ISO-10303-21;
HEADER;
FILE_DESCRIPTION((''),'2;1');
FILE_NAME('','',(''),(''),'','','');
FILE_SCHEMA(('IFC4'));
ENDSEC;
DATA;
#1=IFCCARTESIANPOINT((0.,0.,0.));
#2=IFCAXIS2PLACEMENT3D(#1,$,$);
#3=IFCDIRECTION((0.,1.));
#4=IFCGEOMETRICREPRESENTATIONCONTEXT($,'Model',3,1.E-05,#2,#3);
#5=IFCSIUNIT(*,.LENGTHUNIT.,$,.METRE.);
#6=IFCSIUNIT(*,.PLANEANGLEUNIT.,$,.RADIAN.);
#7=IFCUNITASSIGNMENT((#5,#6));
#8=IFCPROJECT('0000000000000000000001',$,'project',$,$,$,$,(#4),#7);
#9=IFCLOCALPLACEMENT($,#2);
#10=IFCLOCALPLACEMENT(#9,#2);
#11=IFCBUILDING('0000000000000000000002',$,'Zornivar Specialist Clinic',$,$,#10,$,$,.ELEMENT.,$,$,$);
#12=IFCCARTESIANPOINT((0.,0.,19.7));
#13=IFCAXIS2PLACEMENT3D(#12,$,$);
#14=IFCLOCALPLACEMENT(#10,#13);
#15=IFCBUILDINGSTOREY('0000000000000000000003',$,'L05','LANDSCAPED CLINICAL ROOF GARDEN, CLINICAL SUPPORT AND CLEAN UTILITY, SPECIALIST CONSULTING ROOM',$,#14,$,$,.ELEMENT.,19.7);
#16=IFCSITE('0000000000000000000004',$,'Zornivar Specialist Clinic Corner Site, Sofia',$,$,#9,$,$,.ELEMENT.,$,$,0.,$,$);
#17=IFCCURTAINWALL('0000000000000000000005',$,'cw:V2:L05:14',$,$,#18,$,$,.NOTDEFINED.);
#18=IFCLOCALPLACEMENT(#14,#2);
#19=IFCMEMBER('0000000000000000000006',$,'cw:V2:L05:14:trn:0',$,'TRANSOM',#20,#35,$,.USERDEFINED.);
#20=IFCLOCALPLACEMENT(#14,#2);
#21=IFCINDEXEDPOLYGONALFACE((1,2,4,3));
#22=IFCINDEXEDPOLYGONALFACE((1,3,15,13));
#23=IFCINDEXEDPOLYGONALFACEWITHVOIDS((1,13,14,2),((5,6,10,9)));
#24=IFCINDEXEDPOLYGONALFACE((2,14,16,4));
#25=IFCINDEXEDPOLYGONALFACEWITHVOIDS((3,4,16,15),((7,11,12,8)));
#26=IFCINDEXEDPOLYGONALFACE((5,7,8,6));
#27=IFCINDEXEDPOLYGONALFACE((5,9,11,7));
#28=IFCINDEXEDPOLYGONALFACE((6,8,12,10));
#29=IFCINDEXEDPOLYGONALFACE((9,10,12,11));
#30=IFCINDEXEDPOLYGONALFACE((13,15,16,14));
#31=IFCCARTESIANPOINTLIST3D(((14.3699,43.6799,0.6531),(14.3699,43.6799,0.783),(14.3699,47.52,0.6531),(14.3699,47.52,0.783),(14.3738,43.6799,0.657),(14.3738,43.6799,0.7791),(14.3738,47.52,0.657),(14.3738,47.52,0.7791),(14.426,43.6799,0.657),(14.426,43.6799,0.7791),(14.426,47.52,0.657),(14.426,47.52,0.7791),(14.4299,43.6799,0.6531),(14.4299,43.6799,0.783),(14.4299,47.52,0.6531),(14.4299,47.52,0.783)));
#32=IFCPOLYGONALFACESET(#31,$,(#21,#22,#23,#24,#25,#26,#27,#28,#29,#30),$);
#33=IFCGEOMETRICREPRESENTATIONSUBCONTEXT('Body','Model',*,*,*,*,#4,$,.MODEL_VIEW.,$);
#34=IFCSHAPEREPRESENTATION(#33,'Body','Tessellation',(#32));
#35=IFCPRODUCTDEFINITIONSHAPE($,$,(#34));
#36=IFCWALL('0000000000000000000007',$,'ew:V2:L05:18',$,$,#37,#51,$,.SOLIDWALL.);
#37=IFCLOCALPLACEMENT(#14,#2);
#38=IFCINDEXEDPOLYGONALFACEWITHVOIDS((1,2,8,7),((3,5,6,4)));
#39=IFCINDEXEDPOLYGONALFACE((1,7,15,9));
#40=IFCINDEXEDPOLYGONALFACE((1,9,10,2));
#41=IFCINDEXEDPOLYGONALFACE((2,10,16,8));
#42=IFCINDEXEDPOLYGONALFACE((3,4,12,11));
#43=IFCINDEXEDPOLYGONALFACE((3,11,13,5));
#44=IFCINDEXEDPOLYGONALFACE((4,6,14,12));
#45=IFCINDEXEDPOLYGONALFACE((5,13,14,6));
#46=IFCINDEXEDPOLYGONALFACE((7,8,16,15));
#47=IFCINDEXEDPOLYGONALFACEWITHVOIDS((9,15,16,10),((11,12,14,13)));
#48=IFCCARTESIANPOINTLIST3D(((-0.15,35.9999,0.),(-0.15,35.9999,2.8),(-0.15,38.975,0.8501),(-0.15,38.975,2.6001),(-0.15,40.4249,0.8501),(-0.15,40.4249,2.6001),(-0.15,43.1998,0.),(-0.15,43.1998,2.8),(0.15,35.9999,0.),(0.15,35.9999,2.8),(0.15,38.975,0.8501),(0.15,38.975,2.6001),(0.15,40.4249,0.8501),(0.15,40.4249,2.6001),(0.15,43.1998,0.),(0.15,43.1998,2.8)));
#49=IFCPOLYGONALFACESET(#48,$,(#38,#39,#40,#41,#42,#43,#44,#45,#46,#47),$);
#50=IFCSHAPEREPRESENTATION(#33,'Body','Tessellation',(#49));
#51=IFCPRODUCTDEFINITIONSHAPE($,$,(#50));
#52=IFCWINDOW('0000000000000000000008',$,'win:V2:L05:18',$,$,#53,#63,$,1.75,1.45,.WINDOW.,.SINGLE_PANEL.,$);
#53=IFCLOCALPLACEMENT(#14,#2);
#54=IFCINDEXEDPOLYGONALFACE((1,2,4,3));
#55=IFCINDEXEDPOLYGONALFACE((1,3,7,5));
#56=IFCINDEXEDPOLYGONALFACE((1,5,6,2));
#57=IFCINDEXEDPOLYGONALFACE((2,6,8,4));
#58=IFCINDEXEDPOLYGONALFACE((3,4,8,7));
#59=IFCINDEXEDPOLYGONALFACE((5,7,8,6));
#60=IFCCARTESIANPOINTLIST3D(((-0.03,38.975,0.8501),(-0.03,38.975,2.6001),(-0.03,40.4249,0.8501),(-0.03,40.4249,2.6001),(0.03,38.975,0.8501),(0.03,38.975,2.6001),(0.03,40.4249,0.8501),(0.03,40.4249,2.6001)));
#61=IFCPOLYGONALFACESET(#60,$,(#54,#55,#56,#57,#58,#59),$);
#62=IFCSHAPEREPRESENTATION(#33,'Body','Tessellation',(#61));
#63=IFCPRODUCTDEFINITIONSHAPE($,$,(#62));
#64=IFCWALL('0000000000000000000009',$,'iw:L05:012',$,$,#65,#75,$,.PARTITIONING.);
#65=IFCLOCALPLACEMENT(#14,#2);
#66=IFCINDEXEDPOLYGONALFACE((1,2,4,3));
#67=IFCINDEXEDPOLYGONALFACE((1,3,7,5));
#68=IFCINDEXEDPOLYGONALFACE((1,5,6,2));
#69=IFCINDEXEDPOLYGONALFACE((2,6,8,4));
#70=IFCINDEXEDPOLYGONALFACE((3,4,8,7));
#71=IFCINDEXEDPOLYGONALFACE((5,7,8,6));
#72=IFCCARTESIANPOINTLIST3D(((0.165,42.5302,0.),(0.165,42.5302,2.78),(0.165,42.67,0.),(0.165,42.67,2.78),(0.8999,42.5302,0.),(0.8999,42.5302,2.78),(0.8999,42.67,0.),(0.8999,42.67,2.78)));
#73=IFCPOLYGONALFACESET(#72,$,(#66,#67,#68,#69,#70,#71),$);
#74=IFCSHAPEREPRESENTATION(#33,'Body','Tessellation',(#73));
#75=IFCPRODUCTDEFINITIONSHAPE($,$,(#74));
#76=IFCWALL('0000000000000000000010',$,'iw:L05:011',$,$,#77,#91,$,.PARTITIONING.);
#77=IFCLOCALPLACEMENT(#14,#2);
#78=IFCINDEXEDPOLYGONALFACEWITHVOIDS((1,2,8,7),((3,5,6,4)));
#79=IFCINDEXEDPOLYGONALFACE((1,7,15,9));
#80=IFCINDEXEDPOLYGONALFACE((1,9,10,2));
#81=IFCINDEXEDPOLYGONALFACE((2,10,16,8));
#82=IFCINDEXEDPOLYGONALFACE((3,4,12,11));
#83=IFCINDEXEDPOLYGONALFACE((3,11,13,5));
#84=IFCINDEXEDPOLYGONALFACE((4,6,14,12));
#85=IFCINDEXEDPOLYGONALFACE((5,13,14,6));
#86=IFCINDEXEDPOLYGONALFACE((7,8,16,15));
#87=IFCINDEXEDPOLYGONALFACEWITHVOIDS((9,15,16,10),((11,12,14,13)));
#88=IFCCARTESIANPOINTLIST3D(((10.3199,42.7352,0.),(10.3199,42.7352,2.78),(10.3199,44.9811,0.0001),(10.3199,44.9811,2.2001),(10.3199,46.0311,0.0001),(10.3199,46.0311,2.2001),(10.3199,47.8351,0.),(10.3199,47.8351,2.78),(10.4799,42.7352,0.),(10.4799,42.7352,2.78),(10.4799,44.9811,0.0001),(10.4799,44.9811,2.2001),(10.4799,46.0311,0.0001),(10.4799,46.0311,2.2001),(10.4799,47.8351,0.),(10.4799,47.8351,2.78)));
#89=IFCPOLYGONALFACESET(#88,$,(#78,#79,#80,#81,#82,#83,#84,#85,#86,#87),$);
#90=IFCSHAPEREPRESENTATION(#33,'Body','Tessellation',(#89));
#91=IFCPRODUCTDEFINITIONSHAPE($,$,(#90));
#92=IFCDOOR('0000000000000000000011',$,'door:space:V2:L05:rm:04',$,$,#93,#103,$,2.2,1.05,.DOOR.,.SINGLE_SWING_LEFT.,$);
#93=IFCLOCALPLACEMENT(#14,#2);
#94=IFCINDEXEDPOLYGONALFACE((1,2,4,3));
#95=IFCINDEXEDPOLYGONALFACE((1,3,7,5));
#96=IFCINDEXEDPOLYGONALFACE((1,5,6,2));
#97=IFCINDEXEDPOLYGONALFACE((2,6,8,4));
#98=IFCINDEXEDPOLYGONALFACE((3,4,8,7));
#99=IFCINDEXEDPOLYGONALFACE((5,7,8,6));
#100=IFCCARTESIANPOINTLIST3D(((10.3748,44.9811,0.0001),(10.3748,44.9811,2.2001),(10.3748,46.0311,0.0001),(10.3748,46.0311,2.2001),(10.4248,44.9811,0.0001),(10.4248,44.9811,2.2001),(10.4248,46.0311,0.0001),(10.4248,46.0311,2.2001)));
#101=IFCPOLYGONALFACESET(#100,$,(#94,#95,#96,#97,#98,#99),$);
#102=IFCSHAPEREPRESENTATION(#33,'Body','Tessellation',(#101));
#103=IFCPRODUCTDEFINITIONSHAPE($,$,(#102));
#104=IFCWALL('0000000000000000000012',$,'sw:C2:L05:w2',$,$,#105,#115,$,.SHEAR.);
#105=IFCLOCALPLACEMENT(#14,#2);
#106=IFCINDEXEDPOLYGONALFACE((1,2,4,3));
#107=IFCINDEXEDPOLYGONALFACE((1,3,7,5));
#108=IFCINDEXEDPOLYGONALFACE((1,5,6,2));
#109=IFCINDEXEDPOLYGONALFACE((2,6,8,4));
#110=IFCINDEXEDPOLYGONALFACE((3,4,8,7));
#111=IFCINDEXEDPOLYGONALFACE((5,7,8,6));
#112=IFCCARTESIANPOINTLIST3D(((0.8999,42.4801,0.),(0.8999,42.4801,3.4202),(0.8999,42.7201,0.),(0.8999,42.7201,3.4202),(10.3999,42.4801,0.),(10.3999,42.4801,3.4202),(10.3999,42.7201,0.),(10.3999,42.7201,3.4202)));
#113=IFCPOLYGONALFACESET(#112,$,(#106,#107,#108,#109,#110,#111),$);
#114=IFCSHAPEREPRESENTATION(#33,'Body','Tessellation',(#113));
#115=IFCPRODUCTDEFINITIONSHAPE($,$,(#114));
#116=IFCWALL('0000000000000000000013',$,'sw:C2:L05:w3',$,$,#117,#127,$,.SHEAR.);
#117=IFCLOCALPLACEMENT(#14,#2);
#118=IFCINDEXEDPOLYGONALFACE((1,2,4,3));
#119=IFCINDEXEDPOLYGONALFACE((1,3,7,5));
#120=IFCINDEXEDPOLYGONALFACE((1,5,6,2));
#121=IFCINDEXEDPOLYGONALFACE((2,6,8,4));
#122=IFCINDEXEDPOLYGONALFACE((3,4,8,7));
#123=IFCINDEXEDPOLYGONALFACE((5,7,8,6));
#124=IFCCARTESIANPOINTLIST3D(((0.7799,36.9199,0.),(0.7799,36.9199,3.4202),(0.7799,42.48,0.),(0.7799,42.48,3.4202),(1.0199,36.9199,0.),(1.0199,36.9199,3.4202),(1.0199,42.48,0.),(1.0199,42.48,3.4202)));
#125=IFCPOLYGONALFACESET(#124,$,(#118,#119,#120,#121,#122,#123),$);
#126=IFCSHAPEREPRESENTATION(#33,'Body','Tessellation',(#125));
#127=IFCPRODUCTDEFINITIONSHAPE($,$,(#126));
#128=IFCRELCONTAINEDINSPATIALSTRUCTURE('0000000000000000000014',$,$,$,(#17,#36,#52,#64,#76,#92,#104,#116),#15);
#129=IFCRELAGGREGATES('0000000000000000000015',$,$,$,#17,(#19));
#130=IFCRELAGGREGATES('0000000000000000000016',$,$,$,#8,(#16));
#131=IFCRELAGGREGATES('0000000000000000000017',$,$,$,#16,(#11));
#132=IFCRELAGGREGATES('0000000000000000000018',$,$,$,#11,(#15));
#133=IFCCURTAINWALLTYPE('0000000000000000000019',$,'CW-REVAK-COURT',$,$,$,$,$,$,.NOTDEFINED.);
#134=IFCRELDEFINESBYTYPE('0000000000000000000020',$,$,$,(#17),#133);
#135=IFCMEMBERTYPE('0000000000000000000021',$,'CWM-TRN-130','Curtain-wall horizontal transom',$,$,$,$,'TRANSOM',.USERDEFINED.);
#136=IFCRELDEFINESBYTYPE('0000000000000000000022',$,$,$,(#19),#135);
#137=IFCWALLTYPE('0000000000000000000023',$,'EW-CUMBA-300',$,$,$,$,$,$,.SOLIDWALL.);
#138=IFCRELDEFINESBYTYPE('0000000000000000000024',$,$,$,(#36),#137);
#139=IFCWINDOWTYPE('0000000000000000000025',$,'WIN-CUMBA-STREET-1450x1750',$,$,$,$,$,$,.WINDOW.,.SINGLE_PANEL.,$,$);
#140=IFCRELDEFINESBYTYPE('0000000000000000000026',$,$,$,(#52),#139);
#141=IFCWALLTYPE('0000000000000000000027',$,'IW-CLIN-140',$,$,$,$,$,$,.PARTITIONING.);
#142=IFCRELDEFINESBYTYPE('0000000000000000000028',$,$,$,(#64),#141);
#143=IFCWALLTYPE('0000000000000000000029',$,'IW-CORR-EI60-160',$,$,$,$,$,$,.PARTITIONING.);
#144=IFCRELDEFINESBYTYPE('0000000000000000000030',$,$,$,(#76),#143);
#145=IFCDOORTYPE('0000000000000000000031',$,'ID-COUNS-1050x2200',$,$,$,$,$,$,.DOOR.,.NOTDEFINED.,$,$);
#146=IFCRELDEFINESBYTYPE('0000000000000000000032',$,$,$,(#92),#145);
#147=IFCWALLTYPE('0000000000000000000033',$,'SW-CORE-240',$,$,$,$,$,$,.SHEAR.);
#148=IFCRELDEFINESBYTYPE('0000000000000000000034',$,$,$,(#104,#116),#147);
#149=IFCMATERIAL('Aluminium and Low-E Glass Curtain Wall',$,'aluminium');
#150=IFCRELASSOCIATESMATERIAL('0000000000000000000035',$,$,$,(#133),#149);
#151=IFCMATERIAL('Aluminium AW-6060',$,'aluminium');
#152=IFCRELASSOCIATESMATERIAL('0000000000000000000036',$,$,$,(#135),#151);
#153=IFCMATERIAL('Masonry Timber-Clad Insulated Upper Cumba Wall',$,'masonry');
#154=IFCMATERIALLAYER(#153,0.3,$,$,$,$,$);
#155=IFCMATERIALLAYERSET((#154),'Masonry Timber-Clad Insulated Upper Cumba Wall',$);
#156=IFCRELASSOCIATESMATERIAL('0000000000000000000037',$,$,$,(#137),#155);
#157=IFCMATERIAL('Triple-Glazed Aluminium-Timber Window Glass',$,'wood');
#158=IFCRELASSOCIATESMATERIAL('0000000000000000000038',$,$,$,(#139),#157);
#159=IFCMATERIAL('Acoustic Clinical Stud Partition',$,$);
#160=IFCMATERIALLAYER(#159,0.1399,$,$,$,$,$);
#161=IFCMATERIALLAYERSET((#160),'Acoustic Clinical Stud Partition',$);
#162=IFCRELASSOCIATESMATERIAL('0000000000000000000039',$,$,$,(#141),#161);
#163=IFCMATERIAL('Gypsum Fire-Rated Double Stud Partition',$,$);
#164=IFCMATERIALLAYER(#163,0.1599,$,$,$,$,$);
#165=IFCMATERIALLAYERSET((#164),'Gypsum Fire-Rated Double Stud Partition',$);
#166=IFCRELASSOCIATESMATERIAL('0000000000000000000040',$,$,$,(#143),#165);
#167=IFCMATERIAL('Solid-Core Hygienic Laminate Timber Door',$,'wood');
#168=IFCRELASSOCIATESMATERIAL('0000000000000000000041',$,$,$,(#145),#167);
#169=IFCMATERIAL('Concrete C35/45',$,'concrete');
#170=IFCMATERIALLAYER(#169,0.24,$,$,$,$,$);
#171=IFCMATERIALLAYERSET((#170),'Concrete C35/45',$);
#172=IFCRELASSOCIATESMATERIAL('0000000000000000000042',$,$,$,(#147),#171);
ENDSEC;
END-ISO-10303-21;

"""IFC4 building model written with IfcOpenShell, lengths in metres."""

from ifc_helpers import new_model, si_unit, direction, frame, frame_2d, origin, origin_2d, place, context, subcontext, project, spatial, rectangle, hollow_rectangle, extrude, material, layer, layer_set, material_profile, profile_set, type_object, element, fill, aggregate, save


model = new_model("IFC4")

# Units and contexts
model_context = context("Model", 3, precision=1e-05, world=origin(), true_north=direction((0.0, 1.0)))
body_context = subcontext(model_context, "Body", "Model", "MODEL_VIEW")
ifc_project = project(units=[si_unit("LENGTHUNIT", "METRE"), si_unit("PLANEANGLEUNIT", "RADIAN")], contexts=[model_context])

# Site, building, storey
site_placement = place(None, origin())
site = spatial("IfcSite", under=ifc_project, at=site_placement, Name="Zornivar Specialist Clinic Corner Site, Sofia", CompositionType="ELEMENT", RefElevation=0.0)
building_placement = place(site_placement, origin())
building = spatial("IfcBuilding", under=site, at=building_placement, Name="Zornivar Specialist Clinic", CompositionType="ELEMENT")
storey_placement = place(building_placement, frame((0.0, 0.0, 19.7)))
storey = spatial("IfcBuildingStorey", under=building, at=storey_placement, Name="L05", Description="LANDSCAPED CLINICAL ROOF GARDEN, CLINICAL SUPPORT AND CLEAN UTILITY, SPECIALIST CONSULTING ROOM", CompositionType="ELEMENT", Elevation=19.7)

# Curtain wall, member
ifc_material_1 = material(Name="Aluminium and Low-E Glass Curtain Wall", Category="aluminium")
curtain_wall_type = type_object("IfcCurtainWallType", Name="CW-REVAK-COURT", PredefinedType="NOTDEFINED", material=ifc_material_1)
curtain_wall_placement = place(storey_placement, origin())
curtain_wall = element("IfcCurtainWall", 1, at=curtain_wall_placement, inside=storey, type_object=curtain_wall_type, Name="cw:V2:L05:14", PredefinedType="NOTDEFINED")
ifc_material_2 = material(Name="Aluminium AW-6060", Category="aluminium")
ifc_material_profile_1 = material_profile(ifc_material_2, hollow_rectangle(XDim=0.0601, YDim=0.1299, WallThickness=0.0039, at=origin_2d()), Name="ALU 60x130x4")
ifc_profile_set_1 = profile_set([ifc_material_profile_1], Name="Aluminium AW-6060")
member_type_1 = type_object("IfcMemberType", Name="CWM-TRN-130", Description="Curtain-wall horizontal transom", ElementType="TRANSOM", PredefinedType="USERDEFINED", material=ifc_profile_set_1)
member_1_placement = place(storey_placement, frame((14.3999, 43.6799, 0.718), z_axis=(0.0, 1.0, 0.0), x_axis=(-1.0, 0.0, 0.0)))
member_1 = element("IfcMember", 2, at=member_1_placement, type_object=member_type_1, Name="cw:V2:L05:14:trn:0", ObjectType="TRANSOM", PredefinedType="USERDEFINED", context=body_context, shape_type="SweptSolid", body=[
    extrude(hollow_rectangle(XDim=0.0601, YDim=0.1299, WallThickness=0.0039, at=origin_2d()), origin(), (0.0, 0.0, 1.0), 3.8401),
])
aggregate(curtain_wall, [member_1])

# Wall, opening, window
ifc_material_3 = material(Name="Masonry Timber-Clad Insulated Upper Cumba Wall", Category="masonry")
ifc_layer_1 = layer(ifc_material_3, 0.3)
ifc_layer_set_1 = layer_set([ifc_layer_1], Name="Masonry Timber-Clad Insulated Upper Cumba Wall")
wall_type_1 = type_object("IfcWallType", Name="EW-CUMBA-300", PredefinedType="SOLIDWALL", material=ifc_layer_set_1)
wall_1_placement = place(storey_placement, frame((0.0, 43.2, 0.0), z_axis=(0.0, 0.0, 1.0), x_axis=(0.0, -1.0, 0.0)))
wall_1 = element("IfcWall", 3, at=wall_1_placement, inside=storey, type_object=wall_type_1, Name="ew:V2:L05:18", PredefinedType="SOLIDWALL", context=body_context, shape_type="SweptSolid", body=[
    extrude(rectangle(XDim=7.2, YDim=0.3, at=frame_2d((3.6001, 0.0))), origin(), (0.0, 0.0, 1.0), 2.8),
])
opening_1_placement = place(wall_1_placement, frame((2.7749, 0.0, 0.8501)))
opening_1 = element("IfcOpeningElement", 4, at=opening_1_placement, cuts=wall_1, PredefinedType="OPENING", context=body_context, shape_type="SweptSolid", body=[
    extrude(rectangle(XDim=1.45, YDim=1.75, at=frame_2d((0.7251, 0.875))), frame((0.0, 0.1599, 0.0), z_axis=(0.0, -1.0, 0.0), x_axis=(1.0, 0.0, 0.0)), (0.0, 0.0, 1.0), 0.3201),
])
ifc_material_4 = material(Name="Triple-Glazed Aluminium-Timber Window Glass", Category="wood")
window_type = type_object("IfcWindowType", Name="WIN-CUMBA-STREET-1450x1750", PartitioningType="SINGLE_PANEL", PredefinedType="WINDOW", material=ifc_material_4)
window_placement = place(opening_1_placement, origin())
window = element("IfcWindow", 5, at=window_placement, inside=storey, type_object=window_type, Name="win:V2:L05:18", OverallHeight=1.75, OverallWidth=1.45, PartitioningType="SINGLE_PANEL", PredefinedType="WINDOW", context=body_context, shape_type="SweptSolid", body=[
    extrude(rectangle(XDim=1.45, YDim=1.75, at=frame_2d((0.7251, 0.875))), frame((0.0, 0.03, 0.0), z_axis=(0.0, -1.0, 0.0), x_axis=(1.0, 0.0, 0.0)), (0.0, 0.0, 1.0), 0.0601),
])
fill(opening_1, window)

# Wall
ifc_material_5 = material(Name="Acoustic Clinical Stud Partition")
ifc_layer_2 = layer(ifc_material_5, 0.1399)
ifc_layer_set_2 = layer_set([ifc_layer_2], Name="Acoustic Clinical Stud Partition")
wall_type_2 = type_object("IfcWallType", Name="IW-CLIN-140", PredefinedType="PARTITIONING", material=ifc_layer_set_2)
wall_2_placement = place(storey_placement, frame((0.8999, 42.6001, 0.0), z_axis=(0.0, 0.0, 1.0), x_axis=(-1.0, 0.0, 0.0)))
element("IfcWall", 6, at=wall_2_placement, inside=storey, type_object=wall_type_2, Name="iw:L05:012", PredefinedType="PARTITIONING", context=body_context, shape_type="SweptSolid", body=[
    extrude(rectangle(XDim=0.7349, YDim=0.1399, at=frame_2d((0.3674, 0.0))), origin(), (0.0, 0.0, 1.0), 2.78),
])

# Wall, opening, door
ifc_material_6 = material(Name="Gypsum Fire-Rated Double Stud Partition")
ifc_layer_3 = layer(ifc_material_6, 0.1599)
ifc_layer_set_3 = layer_set([ifc_layer_3], Name="Gypsum Fire-Rated Double Stud Partition")
wall_type_3 = type_object("IfcWallType", Name="IW-CORR-EI60-160", PredefinedType="PARTITIONING", material=ifc_layer_set_3)
wall_3_placement = place(storey_placement, frame((10.3999, 47.835, 0.0), z_axis=(0.0, 0.0, 1.0), x_axis=(0.0, -1.0, 0.0)))
wall_3 = element("IfcWall", 7, at=wall_3_placement, inside=storey, type_object=wall_type_3, Name="iw:L05:011", PredefinedType="PARTITIONING", context=body_context, shape_type="SweptSolid", body=[
    extrude(rectangle(XDim=5.0999, YDim=0.1599, at=frame_2d((2.5498, 0.0))), origin(), (0.0, 0.0, 1.0), 2.78),
])
opening_2_placement = place(wall_3_placement, frame((1.804, 0.0, 0.0)))
opening_2 = element("IfcOpeningElement", 8, at=opening_2_placement, cuts=wall_3, PredefinedType="OPENING", context=body_context, shape_type="SweptSolid", body=[
    extrude(rectangle(XDim=1.05, YDim=2.2, at=frame_2d((0.5249, 1.1001))), frame((0.0, 0.0898, 0.0), z_axis=(0.0, -1.0, 0.0), x_axis=(1.0, 0.0, 0.0)), (0.0, 0.0, 1.0), 0.1799),
])
ifc_material_7 = material(Name="Solid-Core Hygienic Laminate Timber Door", Category="wood")
door_type_1 = type_object("IfcDoorType", Name="ID-COUNS-1050x2200", OperationType="NOTDEFINED", PredefinedType="DOOR", material=ifc_material_7)
door_1_placement = place(opening_2_placement, origin())
door_1 = element("IfcDoor", 9, at=door_1_placement, inside=storey, type_object=door_type_1, Name="door:space:V2:L05:rm:04", OperationType="SINGLE_SWING_LEFT", OverallHeight=2.2, OverallWidth=1.05, PredefinedType="DOOR", context=body_context, shape_type="SweptSolid", body=[
    extrude(rectangle(XDim=1.05, YDim=2.2, at=frame_2d((0.5249, 1.1001))), frame((0.0, 0.0249, 0.0), z_axis=(0.0, -1.0, 0.0), x_axis=(1.0, 0.0, 0.0)), (0.0, 0.0, 1.0), 0.05),
])
fill(opening_2, door_1)

# Walls
ifc_material_8 = material(Name="Concrete C35/45", Category="concrete")
ifc_layer_4 = layer(ifc_material_8, 0.24)
ifc_layer_set_4 = layer_set([ifc_layer_4], Name="Concrete C35/45")
wall_type_4 = type_object("IfcWallType", Name="SW-CORE-240", PredefinedType="SHEAR", material=ifc_layer_set_4)
wall_4_placement = place(storey_placement, frame((10.3999, 42.6001, 0.0), z_axis=(0.0, 0.0, 1.0), x_axis=(-1.0, 0.0, 0.0)))
element("IfcWall", 10, at=wall_4_placement, inside=storey, type_object=wall_type_4, Name="sw:C2:L05:w2", PredefinedType="SHEAR", context=body_context, shape_type="SweptSolid", body=[
    extrude(rectangle(XDim=9.5, YDim=0.24, at=frame_2d((4.75, 0.0))), origin(), (0.0, 0.0, 1.0), 3.4202),
])
wall_5_placement = place(storey_placement, frame((0.8999, 42.48, 0.0), z_axis=(0.0, 0.0, 1.0), x_axis=(0.0, -1.0, 0.0)))
element("IfcWall", 11, at=wall_5_placement, inside=storey, type_object=wall_type_4, Name="sw:C2:L05:w3", PredefinedType="SHEAR", context=body_context, shape_type="SweptSolid", body=[
    extrude(rectangle(XDim=5.5601, YDim=0.24, at=frame_2d((2.78, 0.0))), origin(), (0.0, 0.0, 1.0), 3.4202),
])

save(model, "model.ifc")
